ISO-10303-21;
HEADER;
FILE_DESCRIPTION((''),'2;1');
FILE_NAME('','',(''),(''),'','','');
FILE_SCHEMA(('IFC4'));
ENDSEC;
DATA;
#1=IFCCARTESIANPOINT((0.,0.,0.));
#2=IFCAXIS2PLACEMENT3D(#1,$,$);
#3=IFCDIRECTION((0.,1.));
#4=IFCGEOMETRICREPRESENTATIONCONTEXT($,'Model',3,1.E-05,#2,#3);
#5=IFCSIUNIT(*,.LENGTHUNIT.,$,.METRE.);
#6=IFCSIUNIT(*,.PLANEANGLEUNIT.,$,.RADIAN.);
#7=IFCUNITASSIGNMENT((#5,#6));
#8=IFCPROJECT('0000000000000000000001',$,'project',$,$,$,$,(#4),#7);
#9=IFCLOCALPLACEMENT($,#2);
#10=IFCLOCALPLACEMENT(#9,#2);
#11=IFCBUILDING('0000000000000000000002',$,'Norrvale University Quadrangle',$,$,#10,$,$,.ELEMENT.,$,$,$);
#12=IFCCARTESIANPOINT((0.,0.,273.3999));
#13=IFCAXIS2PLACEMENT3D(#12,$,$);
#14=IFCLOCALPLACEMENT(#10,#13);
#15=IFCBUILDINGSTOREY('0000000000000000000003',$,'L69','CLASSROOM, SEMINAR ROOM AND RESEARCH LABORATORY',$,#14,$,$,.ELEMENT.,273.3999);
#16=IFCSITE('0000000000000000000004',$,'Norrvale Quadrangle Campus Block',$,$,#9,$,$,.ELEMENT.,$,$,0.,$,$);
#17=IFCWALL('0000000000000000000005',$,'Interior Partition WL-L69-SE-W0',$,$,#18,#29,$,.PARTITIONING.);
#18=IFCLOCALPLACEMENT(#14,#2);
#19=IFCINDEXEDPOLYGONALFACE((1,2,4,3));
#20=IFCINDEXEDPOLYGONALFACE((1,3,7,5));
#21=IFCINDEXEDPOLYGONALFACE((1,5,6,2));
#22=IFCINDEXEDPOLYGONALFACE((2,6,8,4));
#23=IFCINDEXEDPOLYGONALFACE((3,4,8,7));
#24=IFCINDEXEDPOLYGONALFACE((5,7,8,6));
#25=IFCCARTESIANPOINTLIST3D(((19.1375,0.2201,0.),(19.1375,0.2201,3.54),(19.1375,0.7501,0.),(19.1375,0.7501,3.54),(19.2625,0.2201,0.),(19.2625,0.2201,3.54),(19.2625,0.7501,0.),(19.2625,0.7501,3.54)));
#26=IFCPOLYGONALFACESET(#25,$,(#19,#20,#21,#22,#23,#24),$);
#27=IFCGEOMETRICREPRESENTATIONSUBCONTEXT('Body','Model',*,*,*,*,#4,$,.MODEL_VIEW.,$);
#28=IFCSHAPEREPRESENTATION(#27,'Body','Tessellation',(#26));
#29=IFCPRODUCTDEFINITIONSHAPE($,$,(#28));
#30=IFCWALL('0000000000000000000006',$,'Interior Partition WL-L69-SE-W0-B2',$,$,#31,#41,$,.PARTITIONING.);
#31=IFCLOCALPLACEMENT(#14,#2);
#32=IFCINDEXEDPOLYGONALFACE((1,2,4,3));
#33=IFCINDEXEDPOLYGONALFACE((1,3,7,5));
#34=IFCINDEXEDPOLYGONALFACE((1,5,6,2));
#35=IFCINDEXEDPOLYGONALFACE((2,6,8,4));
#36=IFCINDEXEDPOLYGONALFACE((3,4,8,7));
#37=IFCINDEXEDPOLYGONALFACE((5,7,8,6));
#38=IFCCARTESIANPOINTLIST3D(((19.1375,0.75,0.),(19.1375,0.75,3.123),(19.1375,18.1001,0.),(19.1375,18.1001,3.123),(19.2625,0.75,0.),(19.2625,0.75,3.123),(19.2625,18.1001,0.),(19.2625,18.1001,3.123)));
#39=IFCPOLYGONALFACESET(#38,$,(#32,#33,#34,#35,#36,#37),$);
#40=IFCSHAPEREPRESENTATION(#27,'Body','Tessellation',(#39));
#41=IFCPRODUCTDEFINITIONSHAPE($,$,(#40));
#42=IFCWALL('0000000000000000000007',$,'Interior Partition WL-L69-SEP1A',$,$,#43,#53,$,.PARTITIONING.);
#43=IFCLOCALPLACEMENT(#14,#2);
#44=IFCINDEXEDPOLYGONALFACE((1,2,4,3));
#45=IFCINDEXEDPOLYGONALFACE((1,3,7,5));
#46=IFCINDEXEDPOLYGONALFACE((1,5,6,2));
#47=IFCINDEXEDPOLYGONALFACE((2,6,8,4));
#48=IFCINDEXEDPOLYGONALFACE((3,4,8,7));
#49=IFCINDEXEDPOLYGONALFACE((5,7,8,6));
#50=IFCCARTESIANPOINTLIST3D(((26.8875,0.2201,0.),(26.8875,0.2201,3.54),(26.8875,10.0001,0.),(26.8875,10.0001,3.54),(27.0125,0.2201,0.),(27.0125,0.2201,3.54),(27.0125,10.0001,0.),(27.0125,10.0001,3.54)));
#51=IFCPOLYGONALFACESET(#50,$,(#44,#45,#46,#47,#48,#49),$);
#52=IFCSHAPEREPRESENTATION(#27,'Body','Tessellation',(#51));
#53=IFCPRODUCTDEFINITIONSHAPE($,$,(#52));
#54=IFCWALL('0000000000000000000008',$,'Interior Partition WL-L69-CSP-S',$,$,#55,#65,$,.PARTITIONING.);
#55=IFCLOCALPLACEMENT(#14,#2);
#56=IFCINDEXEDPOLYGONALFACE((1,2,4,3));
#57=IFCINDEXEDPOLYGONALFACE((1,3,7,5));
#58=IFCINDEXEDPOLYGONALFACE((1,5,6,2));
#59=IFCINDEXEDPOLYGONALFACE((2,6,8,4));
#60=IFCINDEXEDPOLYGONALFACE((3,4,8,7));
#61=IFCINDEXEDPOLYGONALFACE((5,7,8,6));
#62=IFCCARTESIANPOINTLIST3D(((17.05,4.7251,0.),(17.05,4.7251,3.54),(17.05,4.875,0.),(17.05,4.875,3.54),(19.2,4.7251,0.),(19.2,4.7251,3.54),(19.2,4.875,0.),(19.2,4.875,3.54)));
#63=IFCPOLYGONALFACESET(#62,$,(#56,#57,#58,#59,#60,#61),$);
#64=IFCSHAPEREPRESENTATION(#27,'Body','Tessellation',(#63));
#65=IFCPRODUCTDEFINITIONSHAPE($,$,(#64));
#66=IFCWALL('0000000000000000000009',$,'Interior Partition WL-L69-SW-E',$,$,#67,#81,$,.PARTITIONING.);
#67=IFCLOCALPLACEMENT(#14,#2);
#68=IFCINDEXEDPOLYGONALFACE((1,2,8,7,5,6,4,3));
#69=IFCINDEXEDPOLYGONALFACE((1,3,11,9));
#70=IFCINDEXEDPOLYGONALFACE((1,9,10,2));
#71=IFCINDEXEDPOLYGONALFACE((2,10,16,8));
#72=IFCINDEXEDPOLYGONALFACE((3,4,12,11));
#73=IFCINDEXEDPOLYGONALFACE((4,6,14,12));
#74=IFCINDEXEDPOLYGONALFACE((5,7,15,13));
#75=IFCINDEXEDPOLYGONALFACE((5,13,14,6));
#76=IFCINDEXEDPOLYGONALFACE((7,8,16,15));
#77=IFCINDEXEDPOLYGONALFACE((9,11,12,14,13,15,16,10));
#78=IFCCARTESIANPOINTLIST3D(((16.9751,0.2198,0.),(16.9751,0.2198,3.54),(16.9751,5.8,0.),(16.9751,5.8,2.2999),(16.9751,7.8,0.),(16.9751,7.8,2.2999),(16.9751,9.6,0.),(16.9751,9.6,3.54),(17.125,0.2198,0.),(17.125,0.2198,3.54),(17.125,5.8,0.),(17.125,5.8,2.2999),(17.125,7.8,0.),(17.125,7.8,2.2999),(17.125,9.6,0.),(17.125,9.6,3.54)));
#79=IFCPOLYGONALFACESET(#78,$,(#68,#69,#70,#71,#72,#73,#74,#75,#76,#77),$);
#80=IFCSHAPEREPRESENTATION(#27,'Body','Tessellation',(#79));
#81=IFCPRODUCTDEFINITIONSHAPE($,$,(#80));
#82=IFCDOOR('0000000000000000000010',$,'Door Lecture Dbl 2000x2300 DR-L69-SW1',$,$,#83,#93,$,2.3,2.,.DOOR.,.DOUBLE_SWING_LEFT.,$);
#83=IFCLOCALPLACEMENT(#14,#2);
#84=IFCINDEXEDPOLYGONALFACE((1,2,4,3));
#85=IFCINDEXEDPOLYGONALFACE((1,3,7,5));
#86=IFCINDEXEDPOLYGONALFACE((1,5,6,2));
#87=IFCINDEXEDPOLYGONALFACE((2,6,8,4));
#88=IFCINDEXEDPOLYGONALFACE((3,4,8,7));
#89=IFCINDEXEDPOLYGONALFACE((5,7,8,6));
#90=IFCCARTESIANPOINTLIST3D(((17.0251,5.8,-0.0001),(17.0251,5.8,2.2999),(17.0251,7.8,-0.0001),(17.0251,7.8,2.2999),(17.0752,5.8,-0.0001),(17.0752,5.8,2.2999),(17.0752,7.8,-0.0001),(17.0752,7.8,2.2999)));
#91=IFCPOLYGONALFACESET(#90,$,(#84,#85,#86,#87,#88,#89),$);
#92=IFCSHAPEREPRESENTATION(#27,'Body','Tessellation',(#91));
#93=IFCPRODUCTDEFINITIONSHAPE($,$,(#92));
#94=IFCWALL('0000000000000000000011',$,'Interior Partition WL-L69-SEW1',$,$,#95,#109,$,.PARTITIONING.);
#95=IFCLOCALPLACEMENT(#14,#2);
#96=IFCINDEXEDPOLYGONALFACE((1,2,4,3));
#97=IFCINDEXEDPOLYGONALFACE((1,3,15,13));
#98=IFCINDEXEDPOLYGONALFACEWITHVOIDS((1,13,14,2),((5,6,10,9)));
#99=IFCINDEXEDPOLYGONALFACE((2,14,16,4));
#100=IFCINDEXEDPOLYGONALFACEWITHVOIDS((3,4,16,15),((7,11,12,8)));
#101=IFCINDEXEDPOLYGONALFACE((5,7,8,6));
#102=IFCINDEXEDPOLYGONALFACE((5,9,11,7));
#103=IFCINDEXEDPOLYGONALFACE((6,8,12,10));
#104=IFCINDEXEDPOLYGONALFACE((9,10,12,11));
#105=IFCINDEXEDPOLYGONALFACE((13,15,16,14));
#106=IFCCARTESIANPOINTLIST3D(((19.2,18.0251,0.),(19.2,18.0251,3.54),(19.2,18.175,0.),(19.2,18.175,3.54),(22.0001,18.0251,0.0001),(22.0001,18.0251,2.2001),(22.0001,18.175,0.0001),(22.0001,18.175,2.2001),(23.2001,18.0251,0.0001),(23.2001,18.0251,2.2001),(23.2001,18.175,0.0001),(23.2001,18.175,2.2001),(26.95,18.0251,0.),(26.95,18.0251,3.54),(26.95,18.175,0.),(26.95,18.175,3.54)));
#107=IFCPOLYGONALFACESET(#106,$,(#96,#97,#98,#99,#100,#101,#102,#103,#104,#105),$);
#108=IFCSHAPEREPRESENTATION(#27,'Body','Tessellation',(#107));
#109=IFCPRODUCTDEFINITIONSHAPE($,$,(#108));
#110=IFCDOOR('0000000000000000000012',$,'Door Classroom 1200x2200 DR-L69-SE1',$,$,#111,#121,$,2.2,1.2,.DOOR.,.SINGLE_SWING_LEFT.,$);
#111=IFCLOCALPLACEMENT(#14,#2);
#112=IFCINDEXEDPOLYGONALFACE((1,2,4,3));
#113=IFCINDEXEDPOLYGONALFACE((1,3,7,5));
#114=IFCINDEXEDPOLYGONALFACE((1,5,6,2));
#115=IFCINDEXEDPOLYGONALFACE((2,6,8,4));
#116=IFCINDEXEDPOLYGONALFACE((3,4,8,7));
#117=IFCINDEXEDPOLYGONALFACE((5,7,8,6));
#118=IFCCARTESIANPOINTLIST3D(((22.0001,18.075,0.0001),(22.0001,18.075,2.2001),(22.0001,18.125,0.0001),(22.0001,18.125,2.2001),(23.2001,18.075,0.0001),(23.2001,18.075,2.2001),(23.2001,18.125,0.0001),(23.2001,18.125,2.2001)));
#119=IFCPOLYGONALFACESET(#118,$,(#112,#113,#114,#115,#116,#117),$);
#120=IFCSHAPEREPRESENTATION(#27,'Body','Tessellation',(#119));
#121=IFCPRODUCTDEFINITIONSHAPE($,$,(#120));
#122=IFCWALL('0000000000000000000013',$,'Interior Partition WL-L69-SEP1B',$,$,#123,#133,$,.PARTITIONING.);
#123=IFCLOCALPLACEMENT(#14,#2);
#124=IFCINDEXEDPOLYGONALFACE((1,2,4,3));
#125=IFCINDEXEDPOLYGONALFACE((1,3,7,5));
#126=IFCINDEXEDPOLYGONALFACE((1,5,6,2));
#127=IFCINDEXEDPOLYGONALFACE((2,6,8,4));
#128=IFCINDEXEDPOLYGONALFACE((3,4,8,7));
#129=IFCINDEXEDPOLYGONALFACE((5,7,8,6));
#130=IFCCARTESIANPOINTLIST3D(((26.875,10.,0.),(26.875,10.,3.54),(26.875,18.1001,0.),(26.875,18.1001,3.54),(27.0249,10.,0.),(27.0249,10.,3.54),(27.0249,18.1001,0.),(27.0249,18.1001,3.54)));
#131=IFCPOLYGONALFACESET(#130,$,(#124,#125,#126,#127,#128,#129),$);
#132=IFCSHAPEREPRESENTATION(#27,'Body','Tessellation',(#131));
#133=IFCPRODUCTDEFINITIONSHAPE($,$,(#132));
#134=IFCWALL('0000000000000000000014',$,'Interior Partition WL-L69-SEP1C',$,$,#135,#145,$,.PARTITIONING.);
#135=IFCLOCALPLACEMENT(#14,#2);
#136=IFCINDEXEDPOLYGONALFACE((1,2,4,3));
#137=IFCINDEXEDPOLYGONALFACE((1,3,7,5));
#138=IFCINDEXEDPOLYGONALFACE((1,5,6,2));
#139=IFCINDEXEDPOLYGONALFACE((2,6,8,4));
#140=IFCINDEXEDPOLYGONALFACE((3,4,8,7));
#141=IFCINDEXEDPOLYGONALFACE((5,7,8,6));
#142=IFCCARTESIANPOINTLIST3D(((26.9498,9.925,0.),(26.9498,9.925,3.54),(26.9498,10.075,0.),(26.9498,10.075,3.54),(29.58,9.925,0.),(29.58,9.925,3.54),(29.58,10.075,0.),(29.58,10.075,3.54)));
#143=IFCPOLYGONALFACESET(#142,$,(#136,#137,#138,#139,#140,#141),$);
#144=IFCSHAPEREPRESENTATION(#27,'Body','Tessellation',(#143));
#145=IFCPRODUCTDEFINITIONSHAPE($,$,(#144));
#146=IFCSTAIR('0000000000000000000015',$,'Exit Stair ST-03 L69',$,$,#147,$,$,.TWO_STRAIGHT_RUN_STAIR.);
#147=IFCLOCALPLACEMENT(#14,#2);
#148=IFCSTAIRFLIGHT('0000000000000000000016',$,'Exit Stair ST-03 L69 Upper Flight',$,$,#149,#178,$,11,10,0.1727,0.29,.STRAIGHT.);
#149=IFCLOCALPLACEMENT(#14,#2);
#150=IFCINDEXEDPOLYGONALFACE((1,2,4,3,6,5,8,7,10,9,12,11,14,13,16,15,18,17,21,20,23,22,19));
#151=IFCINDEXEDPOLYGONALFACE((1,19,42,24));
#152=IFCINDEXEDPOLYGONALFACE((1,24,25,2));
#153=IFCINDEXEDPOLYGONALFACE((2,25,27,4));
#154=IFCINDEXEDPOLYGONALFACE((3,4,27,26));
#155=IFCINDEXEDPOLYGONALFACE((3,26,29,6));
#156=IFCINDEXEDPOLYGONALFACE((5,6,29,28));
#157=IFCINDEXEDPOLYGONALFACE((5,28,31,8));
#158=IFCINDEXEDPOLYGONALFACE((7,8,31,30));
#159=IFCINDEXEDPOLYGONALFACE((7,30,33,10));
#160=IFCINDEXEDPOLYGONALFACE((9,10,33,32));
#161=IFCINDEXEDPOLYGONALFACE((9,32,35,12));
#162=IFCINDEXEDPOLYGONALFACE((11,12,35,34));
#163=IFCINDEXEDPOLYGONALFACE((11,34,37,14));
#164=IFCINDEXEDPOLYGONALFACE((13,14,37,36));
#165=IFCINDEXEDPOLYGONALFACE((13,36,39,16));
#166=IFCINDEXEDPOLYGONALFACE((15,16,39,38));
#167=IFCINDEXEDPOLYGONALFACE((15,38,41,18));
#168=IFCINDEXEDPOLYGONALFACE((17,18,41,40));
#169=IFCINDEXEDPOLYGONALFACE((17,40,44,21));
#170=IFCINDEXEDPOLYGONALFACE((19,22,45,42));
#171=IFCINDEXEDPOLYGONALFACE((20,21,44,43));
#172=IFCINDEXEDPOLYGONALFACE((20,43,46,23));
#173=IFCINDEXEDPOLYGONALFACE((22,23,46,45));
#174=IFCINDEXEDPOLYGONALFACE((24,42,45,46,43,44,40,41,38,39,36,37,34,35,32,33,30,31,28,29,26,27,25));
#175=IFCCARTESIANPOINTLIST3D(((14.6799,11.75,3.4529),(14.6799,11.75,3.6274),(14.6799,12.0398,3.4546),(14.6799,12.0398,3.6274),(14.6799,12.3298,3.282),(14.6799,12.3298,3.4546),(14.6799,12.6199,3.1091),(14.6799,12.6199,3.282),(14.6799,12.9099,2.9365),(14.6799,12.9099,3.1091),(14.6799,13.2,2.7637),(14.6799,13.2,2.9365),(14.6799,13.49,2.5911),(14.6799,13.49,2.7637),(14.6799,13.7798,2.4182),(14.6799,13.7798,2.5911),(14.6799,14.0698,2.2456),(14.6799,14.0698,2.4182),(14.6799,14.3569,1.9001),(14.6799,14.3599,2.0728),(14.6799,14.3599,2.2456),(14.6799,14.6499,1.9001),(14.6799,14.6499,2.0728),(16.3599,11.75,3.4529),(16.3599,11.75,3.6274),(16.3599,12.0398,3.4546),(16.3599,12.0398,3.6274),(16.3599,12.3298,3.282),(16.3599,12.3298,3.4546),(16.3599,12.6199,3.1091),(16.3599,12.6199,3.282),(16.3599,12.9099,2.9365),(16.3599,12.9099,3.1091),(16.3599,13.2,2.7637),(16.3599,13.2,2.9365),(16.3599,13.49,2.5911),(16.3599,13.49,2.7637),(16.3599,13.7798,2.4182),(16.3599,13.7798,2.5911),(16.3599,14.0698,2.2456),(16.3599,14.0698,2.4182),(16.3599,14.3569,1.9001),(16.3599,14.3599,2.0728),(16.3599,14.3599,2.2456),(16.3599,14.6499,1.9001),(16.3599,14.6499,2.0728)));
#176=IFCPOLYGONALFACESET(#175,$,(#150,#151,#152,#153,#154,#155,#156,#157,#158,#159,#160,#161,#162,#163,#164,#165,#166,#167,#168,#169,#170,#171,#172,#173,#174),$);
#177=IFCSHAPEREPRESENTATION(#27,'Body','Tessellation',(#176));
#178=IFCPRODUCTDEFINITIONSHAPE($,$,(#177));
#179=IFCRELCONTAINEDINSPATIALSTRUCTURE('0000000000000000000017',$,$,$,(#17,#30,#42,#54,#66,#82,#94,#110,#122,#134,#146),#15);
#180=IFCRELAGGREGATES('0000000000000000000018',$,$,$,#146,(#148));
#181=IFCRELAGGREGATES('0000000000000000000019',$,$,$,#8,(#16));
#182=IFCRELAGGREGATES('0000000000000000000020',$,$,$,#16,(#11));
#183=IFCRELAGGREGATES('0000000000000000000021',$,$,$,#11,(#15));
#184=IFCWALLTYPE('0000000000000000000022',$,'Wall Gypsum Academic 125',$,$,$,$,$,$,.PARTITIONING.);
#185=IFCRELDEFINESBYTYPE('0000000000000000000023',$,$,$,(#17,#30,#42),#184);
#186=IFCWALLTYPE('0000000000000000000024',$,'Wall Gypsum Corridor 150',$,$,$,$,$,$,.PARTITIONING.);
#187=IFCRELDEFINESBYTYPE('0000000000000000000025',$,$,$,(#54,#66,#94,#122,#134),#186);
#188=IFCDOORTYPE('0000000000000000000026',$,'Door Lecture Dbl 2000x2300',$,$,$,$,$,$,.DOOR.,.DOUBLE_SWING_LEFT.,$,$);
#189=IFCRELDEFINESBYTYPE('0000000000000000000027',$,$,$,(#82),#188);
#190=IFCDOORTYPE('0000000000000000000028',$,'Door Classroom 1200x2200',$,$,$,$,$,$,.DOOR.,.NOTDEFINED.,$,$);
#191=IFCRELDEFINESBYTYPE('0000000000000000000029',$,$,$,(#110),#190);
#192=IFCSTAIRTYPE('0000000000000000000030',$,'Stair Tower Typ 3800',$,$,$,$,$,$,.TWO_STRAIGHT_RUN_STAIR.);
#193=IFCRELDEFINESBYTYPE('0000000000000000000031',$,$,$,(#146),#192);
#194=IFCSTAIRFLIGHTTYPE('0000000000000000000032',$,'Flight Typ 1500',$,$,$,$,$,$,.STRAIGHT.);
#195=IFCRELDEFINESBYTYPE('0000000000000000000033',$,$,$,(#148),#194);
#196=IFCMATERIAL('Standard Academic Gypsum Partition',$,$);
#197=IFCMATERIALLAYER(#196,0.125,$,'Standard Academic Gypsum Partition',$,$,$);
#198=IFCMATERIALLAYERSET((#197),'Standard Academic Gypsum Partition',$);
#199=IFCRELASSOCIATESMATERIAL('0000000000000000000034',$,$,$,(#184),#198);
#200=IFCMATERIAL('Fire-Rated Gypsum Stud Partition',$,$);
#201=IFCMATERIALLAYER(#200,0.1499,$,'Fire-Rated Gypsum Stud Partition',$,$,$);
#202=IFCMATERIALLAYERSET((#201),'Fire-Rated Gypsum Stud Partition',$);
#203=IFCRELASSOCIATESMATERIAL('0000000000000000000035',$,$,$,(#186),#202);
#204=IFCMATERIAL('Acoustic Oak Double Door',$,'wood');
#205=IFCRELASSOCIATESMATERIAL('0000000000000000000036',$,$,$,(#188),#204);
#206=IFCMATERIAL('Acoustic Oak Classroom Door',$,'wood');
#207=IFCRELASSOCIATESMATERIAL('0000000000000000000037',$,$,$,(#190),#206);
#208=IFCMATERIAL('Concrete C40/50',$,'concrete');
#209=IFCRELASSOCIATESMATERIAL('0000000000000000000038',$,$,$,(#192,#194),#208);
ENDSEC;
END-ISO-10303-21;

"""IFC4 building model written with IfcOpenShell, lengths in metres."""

from ifc_helpers import new_model, si_unit, direction, frame, frame_2d, origin, place, context, subcontext, project, spatial, polyline, rectangle, outline, extrude, material, layer, layer_set, type_object, element, fill, aggregate, save


model = new_model("IFC4")

# Units and contexts
model_context = context("Model", 3, precision=1e-05, world=origin(), true_north=direction((0.0, 1.0)))
body_context = subcontext(model_context, "Body", "Model", "MODEL_VIEW")
ifc_project = project(units=[si_unit("LENGTHUNIT", "METRE"), si_unit("PLANEANGLEUNIT", "RADIAN")], contexts=[model_context])

# Site, building, storey
site_placement = place(None, origin())
site = spatial("IfcSite", under=ifc_project, at=site_placement, Name="Norrvale Quadrangle Campus Block", CompositionType="ELEMENT", RefElevation=0.0)
building_placement = place(site_placement, origin())
building = spatial("IfcBuilding", under=site, at=building_placement, Name="Norrvale University Quadrangle", CompositionType="ELEMENT")
storey_placement = place(building_placement, frame((0.0, 0.0, 273.3999)))
storey = spatial("IfcBuildingStorey", under=building, at=storey_placement, Name="L69", Description="CLASSROOM, SEMINAR ROOM AND RESEARCH LABORATORY", CompositionType="ELEMENT", Elevation=273.3999)

# Walls
ifc_material_1 = material(Name="Standard Academic Gypsum Partition")
ifc_layer_1 = layer(ifc_material_1, 0.125, Name="Standard Academic Gypsum Partition")
ifc_layer_set_1 = layer_set([ifc_layer_1], Name="Standard Academic Gypsum Partition")
wall_type_1 = type_object("IfcWallType", Name="Wall Gypsum Academic 125", PredefinedType="PARTITIONING", material=ifc_layer_set_1)
wall_1_placement = place(storey_placement, frame((19.2, 0.22, 0.0), z_axis=(0.0, 0.0, 1.0), x_axis=(0.0, 1.0, 0.0)))
element("IfcWall", 1, at=wall_1_placement, inside=storey, type_object=wall_type_1, Name="Interior Partition WL-L69-SE-W0", PredefinedType="PARTITIONING", context=body_context, shape_type="SweptSolid", body=[
    extrude(rectangle(XDim=0.53, YDim=0.125, at=frame_2d((0.2651, 0.0))), origin(), (0.0, 0.0, 1.0), 3.54),
])
wall_2_placement = place(storey_placement, frame((19.2, 0.75, 0.0), z_axis=(0.0, 0.0, 1.0), x_axis=(0.0, 1.0, 0.0)))
element("IfcWall", 2, at=wall_2_placement, inside=storey, type_object=wall_type_1, Name="Interior Partition WL-L69-SE-W0-B2", PredefinedType="PARTITIONING", context=body_context, shape_type="SweptSolid", body=[
    extrude(rectangle(XDim=17.3501, YDim=0.125, at=frame_2d((8.675, 0.0))), origin(), (0.0, 0.0, 1.0), 3.123),
])
wall_3_placement = place(storey_placement, frame((26.95, 0.22, 0.0), z_axis=(0.0, 0.0, 1.0), x_axis=(0.0, 1.0, 0.0)))
element("IfcWall", 3, at=wall_3_placement, inside=storey, type_object=wall_type_1, Name="Interior Partition WL-L69-SEP1A", PredefinedType="PARTITIONING", context=body_context, shape_type="SweptSolid", body=[
    extrude(rectangle(XDim=9.78, YDim=0.125, at=frame_2d((4.8901, 0.0))), origin(), (0.0, 0.0, 1.0), 3.54),
])
ifc_material_2 = material(Name="Fire-Rated Gypsum Stud Partition")
ifc_layer_2 = layer(ifc_material_2, 0.1499, Name="Fire-Rated Gypsum Stud Partition")
ifc_layer_set_2 = layer_set([ifc_layer_2], Name="Fire-Rated Gypsum Stud Partition")
wall_type_2 = type_object("IfcWallType", Name="Wall Gypsum Corridor 150", PredefinedType="PARTITIONING", material=ifc_layer_set_2)
wall_4_placement = place(storey_placement, frame((17.05, 4.8, 0.0), z_axis=(0.0, 0.0, 1.0), x_axis=(1.0, 0.0, 0.0)))
element("IfcWall", 4, at=wall_4_placement, inside=storey, type_object=wall_type_2, Name="Interior Partition WL-L69-CSP-S", PredefinedType="PARTITIONING", context=body_context, shape_type="SweptSolid", body=[
    extrude(rectangle(XDim=2.1499, YDim=0.1499, at=frame_2d((1.075, 0.0))), origin(), (0.0, 0.0, 1.0), 3.54),
])

# Walls, openings, doors
wall_5_placement = place(storey_placement, frame((17.05, 0.22, 0.0), z_axis=(0.0, 0.0, 1.0), x_axis=(0.0, 1.0, 0.0)))
wall_5 = element("IfcWall", 5, at=wall_5_placement, inside=storey, type_object=wall_type_2, Name="Interior Partition WL-L69-SW-E", PredefinedType="PARTITIONING", context=body_context, shape_type="SweptSolid", body=[
    extrude(rectangle(XDim=9.3801, YDim=0.1499, at=frame_2d((4.6899, 0.0))), origin(), (0.0, 0.0, 1.0), 3.54),
])
opening_1_placement = place(wall_5_placement, frame((5.5801, 0.0, 0.0)))
opening_1 = element("IfcOpeningElement", 6, at=opening_1_placement, cuts=wall_5, PredefinedType="OPENING", context=body_context, shape_type="SweptSolid", body=[
    extrude(rectangle(XDim=2.0, YDim=2.3, at=frame_2d((1.0, 1.1499))), frame((0.0, 0.0869, 0.0), z_axis=(0.0, -1.0, 0.0), x_axis=(1.0, 0.0, 0.0)), (0.0, 0.0, 1.0), 0.1738),
])
ifc_material_3 = material(Name="Acoustic Oak Double Door", Category="wood")
door_type_1 = type_object("IfcDoorType", Name="Door Lecture Dbl 2000x2300", OperationType="DOUBLE_SWING_LEFT", PredefinedType="DOOR", material=ifc_material_3)
door_1_placement = place(opening_1_placement, origin())
door_1 = element("IfcDoor", 7, at=door_1_placement, inside=storey, type_object=door_type_1, Name="Door Lecture Dbl 2000x2300 DR-L69-SW1", OperationType="DOUBLE_SWING_LEFT", OverallHeight=2.3, OverallWidth=2.0, PredefinedType="DOOR", context=body_context, shape_type="SweptSolid", body=[
    extrude(rectangle(XDim=2.0, YDim=2.3, at=frame_2d((1.0, 1.1499))), frame((0.0, 0.0249, 0.0), z_axis=(0.0, -1.0, 0.0), x_axis=(1.0, 0.0, 0.0)), (0.0, 0.0, 1.0), 0.05),
])
fill(opening_1, door_1)
wall_6_placement = place(storey_placement, frame((19.2, 18.1001, 0.0), z_axis=(0.0, 0.0, 1.0), x_axis=(1.0, 0.0, 0.0)))
wall_6 = element("IfcWall", 8, at=wall_6_placement, inside=storey, type_object=wall_type_2, Name="Interior Partition WL-L69-SEW1", PredefinedType="PARTITIONING", context=body_context, shape_type="SweptSolid", body=[
    extrude(rectangle(XDim=7.75, YDim=0.1499, at=frame_2d((3.875, 0.0))), origin(), (0.0, 0.0, 1.0), 3.54),
])
opening_2_placement = place(wall_6_placement, frame((2.8, 0.0, 0.0)))
opening_2 = element("IfcOpeningElement", 9, at=opening_2_placement, cuts=wall_6, PredefinedType="OPENING", context=body_context, shape_type="SweptSolid", body=[
    extrude(rectangle(XDim=1.2, YDim=2.2, at=frame_2d((0.6001, 1.1001))), frame((0.0, 0.0869, 0.0), z_axis=(0.0, -1.0, 0.0), x_axis=(1.0, 0.0, 0.0)), (0.0, 0.0, 1.0), 0.1738),
])
ifc_material_4 = material(Name="Acoustic Oak Classroom Door", Category="wood")
door_type_2 = type_object("IfcDoorType", Name="Door Classroom 1200x2200", OperationType="NOTDEFINED", PredefinedType="DOOR", material=ifc_material_4)
door_2_placement = place(opening_2_placement, origin())
door_2 = element("IfcDoor", 10, at=door_2_placement, inside=storey, type_object=door_type_2, Name="Door Classroom 1200x2200 DR-L69-SE1", OperationType="SINGLE_SWING_LEFT", OverallHeight=2.2, OverallWidth=1.2, PredefinedType="DOOR", context=body_context, shape_type="SweptSolid", body=[
    extrude(rectangle(XDim=1.2, YDim=2.2, at=frame_2d((0.6001, 1.1001))), frame((0.0, 0.0249, 0.0), z_axis=(0.0, -1.0, 0.0), x_axis=(1.0, 0.0, 0.0)), (0.0, 0.0, 1.0), 0.05),
])
fill(opening_2, door_2)

# Walls
wall_7_placement = place(storey_placement, frame((26.95, 10.0, 0.0), z_axis=(0.0, 0.0, 1.0), x_axis=(0.0, 1.0, 0.0)))
element("IfcWall", 11, at=wall_7_placement, inside=storey, type_object=wall_type_2, Name="Interior Partition WL-L69-SEP1B", PredefinedType="PARTITIONING", context=body_context, shape_type="SweptSolid", body=[
    extrude(rectangle(XDim=8.1001, YDim=0.1499, at=frame_2d((4.05, 0.0))), origin(), (0.0, 0.0, 1.0), 3.54),
])
wall_8_placement = place(storey_placement, frame((26.95, 10.0, 0.0), z_axis=(0.0, 0.0, 1.0), x_axis=(1.0, 0.0, 0.0)))
element("IfcWall", 12, at=wall_8_placement, inside=storey, type_object=wall_type_2, Name="Interior Partition WL-L69-SEP1C", PredefinedType="PARTITIONING", context=body_context, shape_type="SweptSolid", body=[
    extrude(rectangle(XDim=2.6301, YDim=0.1499, at=frame_2d((1.3149, 0.0))), origin(), (0.0, 0.0, 1.0), 3.54),
])

# Stair, stair flight
ifc_material_5 = material(Name="Concrete C40/50", Category="concrete")
stair_type = type_object("IfcStairType", Name="Stair Tower Typ 3800", PredefinedType="TWO_STRAIGHT_RUN_STAIR", material=ifc_material_5)
stair_placement = place(storey_placement, origin())
stair = element("IfcStair", 13, at=stair_placement, inside=storey, type_object=stair_type, Name="Exit Stair ST-03 L69", PredefinedType="TWO_STRAIGHT_RUN_STAIR")
stair_flight_type = type_object("IfcStairFlightType", Name="Flight Typ 1500", PredefinedType="STRAIGHT", material=ifc_material_5)
stair_flight_placement = place(storey_placement, frame((15.52, 14.6499, 1.9001), z_axis=(0.0, 0.0, 1.0), x_axis=(0.0, -1.0, 0.0)))
stair_flight = element("IfcStairFlight", 14, at=stair_flight_placement, type_object=stair_flight_type, Name="Exit Stair ST-03 L69 Upper Flight", NumberOfRisers=11, NumberOfTreads=10, PredefinedType="STRAIGHT", RiserHeight=0.1727, TreadLength=0.29, context=body_context, shape_type="SweptSolid", body=[
    extrude(outline(polyline([(0.0, 0.0), (0.0, 0.1726), (0.29, 0.1726), (0.29, 0.3455), (0.5801, 0.3455), (0.5801, 0.5181), (0.8701, 0.5181), (0.8701, 0.6909), (1.1599, 0.6909), (1.1599, 0.8635), (1.45, 0.8635), (1.45, 1.0364), (1.74, 1.0364), (1.74, 1.209), (2.03, 1.209), (2.03, 1.3818), (2.3201, 1.3818), (2.3201, 1.5544), (2.6101, 1.5544), (2.6101, 1.7273), (2.8999, 1.7273), (2.8999, 1.8999), (2.8999, 1.5527), (0.293, 0.0), (0.0, 0.0)])), frame((0.0, 0.8398, 0.0), z_axis=(0.0, -1.0, 0.0), x_axis=(1.0, 0.0, 0.0)), (0.0, 0.0, 1.0), 1.6799),
])
aggregate(stair, [stair_flight])

save(model, "model.ifc")
